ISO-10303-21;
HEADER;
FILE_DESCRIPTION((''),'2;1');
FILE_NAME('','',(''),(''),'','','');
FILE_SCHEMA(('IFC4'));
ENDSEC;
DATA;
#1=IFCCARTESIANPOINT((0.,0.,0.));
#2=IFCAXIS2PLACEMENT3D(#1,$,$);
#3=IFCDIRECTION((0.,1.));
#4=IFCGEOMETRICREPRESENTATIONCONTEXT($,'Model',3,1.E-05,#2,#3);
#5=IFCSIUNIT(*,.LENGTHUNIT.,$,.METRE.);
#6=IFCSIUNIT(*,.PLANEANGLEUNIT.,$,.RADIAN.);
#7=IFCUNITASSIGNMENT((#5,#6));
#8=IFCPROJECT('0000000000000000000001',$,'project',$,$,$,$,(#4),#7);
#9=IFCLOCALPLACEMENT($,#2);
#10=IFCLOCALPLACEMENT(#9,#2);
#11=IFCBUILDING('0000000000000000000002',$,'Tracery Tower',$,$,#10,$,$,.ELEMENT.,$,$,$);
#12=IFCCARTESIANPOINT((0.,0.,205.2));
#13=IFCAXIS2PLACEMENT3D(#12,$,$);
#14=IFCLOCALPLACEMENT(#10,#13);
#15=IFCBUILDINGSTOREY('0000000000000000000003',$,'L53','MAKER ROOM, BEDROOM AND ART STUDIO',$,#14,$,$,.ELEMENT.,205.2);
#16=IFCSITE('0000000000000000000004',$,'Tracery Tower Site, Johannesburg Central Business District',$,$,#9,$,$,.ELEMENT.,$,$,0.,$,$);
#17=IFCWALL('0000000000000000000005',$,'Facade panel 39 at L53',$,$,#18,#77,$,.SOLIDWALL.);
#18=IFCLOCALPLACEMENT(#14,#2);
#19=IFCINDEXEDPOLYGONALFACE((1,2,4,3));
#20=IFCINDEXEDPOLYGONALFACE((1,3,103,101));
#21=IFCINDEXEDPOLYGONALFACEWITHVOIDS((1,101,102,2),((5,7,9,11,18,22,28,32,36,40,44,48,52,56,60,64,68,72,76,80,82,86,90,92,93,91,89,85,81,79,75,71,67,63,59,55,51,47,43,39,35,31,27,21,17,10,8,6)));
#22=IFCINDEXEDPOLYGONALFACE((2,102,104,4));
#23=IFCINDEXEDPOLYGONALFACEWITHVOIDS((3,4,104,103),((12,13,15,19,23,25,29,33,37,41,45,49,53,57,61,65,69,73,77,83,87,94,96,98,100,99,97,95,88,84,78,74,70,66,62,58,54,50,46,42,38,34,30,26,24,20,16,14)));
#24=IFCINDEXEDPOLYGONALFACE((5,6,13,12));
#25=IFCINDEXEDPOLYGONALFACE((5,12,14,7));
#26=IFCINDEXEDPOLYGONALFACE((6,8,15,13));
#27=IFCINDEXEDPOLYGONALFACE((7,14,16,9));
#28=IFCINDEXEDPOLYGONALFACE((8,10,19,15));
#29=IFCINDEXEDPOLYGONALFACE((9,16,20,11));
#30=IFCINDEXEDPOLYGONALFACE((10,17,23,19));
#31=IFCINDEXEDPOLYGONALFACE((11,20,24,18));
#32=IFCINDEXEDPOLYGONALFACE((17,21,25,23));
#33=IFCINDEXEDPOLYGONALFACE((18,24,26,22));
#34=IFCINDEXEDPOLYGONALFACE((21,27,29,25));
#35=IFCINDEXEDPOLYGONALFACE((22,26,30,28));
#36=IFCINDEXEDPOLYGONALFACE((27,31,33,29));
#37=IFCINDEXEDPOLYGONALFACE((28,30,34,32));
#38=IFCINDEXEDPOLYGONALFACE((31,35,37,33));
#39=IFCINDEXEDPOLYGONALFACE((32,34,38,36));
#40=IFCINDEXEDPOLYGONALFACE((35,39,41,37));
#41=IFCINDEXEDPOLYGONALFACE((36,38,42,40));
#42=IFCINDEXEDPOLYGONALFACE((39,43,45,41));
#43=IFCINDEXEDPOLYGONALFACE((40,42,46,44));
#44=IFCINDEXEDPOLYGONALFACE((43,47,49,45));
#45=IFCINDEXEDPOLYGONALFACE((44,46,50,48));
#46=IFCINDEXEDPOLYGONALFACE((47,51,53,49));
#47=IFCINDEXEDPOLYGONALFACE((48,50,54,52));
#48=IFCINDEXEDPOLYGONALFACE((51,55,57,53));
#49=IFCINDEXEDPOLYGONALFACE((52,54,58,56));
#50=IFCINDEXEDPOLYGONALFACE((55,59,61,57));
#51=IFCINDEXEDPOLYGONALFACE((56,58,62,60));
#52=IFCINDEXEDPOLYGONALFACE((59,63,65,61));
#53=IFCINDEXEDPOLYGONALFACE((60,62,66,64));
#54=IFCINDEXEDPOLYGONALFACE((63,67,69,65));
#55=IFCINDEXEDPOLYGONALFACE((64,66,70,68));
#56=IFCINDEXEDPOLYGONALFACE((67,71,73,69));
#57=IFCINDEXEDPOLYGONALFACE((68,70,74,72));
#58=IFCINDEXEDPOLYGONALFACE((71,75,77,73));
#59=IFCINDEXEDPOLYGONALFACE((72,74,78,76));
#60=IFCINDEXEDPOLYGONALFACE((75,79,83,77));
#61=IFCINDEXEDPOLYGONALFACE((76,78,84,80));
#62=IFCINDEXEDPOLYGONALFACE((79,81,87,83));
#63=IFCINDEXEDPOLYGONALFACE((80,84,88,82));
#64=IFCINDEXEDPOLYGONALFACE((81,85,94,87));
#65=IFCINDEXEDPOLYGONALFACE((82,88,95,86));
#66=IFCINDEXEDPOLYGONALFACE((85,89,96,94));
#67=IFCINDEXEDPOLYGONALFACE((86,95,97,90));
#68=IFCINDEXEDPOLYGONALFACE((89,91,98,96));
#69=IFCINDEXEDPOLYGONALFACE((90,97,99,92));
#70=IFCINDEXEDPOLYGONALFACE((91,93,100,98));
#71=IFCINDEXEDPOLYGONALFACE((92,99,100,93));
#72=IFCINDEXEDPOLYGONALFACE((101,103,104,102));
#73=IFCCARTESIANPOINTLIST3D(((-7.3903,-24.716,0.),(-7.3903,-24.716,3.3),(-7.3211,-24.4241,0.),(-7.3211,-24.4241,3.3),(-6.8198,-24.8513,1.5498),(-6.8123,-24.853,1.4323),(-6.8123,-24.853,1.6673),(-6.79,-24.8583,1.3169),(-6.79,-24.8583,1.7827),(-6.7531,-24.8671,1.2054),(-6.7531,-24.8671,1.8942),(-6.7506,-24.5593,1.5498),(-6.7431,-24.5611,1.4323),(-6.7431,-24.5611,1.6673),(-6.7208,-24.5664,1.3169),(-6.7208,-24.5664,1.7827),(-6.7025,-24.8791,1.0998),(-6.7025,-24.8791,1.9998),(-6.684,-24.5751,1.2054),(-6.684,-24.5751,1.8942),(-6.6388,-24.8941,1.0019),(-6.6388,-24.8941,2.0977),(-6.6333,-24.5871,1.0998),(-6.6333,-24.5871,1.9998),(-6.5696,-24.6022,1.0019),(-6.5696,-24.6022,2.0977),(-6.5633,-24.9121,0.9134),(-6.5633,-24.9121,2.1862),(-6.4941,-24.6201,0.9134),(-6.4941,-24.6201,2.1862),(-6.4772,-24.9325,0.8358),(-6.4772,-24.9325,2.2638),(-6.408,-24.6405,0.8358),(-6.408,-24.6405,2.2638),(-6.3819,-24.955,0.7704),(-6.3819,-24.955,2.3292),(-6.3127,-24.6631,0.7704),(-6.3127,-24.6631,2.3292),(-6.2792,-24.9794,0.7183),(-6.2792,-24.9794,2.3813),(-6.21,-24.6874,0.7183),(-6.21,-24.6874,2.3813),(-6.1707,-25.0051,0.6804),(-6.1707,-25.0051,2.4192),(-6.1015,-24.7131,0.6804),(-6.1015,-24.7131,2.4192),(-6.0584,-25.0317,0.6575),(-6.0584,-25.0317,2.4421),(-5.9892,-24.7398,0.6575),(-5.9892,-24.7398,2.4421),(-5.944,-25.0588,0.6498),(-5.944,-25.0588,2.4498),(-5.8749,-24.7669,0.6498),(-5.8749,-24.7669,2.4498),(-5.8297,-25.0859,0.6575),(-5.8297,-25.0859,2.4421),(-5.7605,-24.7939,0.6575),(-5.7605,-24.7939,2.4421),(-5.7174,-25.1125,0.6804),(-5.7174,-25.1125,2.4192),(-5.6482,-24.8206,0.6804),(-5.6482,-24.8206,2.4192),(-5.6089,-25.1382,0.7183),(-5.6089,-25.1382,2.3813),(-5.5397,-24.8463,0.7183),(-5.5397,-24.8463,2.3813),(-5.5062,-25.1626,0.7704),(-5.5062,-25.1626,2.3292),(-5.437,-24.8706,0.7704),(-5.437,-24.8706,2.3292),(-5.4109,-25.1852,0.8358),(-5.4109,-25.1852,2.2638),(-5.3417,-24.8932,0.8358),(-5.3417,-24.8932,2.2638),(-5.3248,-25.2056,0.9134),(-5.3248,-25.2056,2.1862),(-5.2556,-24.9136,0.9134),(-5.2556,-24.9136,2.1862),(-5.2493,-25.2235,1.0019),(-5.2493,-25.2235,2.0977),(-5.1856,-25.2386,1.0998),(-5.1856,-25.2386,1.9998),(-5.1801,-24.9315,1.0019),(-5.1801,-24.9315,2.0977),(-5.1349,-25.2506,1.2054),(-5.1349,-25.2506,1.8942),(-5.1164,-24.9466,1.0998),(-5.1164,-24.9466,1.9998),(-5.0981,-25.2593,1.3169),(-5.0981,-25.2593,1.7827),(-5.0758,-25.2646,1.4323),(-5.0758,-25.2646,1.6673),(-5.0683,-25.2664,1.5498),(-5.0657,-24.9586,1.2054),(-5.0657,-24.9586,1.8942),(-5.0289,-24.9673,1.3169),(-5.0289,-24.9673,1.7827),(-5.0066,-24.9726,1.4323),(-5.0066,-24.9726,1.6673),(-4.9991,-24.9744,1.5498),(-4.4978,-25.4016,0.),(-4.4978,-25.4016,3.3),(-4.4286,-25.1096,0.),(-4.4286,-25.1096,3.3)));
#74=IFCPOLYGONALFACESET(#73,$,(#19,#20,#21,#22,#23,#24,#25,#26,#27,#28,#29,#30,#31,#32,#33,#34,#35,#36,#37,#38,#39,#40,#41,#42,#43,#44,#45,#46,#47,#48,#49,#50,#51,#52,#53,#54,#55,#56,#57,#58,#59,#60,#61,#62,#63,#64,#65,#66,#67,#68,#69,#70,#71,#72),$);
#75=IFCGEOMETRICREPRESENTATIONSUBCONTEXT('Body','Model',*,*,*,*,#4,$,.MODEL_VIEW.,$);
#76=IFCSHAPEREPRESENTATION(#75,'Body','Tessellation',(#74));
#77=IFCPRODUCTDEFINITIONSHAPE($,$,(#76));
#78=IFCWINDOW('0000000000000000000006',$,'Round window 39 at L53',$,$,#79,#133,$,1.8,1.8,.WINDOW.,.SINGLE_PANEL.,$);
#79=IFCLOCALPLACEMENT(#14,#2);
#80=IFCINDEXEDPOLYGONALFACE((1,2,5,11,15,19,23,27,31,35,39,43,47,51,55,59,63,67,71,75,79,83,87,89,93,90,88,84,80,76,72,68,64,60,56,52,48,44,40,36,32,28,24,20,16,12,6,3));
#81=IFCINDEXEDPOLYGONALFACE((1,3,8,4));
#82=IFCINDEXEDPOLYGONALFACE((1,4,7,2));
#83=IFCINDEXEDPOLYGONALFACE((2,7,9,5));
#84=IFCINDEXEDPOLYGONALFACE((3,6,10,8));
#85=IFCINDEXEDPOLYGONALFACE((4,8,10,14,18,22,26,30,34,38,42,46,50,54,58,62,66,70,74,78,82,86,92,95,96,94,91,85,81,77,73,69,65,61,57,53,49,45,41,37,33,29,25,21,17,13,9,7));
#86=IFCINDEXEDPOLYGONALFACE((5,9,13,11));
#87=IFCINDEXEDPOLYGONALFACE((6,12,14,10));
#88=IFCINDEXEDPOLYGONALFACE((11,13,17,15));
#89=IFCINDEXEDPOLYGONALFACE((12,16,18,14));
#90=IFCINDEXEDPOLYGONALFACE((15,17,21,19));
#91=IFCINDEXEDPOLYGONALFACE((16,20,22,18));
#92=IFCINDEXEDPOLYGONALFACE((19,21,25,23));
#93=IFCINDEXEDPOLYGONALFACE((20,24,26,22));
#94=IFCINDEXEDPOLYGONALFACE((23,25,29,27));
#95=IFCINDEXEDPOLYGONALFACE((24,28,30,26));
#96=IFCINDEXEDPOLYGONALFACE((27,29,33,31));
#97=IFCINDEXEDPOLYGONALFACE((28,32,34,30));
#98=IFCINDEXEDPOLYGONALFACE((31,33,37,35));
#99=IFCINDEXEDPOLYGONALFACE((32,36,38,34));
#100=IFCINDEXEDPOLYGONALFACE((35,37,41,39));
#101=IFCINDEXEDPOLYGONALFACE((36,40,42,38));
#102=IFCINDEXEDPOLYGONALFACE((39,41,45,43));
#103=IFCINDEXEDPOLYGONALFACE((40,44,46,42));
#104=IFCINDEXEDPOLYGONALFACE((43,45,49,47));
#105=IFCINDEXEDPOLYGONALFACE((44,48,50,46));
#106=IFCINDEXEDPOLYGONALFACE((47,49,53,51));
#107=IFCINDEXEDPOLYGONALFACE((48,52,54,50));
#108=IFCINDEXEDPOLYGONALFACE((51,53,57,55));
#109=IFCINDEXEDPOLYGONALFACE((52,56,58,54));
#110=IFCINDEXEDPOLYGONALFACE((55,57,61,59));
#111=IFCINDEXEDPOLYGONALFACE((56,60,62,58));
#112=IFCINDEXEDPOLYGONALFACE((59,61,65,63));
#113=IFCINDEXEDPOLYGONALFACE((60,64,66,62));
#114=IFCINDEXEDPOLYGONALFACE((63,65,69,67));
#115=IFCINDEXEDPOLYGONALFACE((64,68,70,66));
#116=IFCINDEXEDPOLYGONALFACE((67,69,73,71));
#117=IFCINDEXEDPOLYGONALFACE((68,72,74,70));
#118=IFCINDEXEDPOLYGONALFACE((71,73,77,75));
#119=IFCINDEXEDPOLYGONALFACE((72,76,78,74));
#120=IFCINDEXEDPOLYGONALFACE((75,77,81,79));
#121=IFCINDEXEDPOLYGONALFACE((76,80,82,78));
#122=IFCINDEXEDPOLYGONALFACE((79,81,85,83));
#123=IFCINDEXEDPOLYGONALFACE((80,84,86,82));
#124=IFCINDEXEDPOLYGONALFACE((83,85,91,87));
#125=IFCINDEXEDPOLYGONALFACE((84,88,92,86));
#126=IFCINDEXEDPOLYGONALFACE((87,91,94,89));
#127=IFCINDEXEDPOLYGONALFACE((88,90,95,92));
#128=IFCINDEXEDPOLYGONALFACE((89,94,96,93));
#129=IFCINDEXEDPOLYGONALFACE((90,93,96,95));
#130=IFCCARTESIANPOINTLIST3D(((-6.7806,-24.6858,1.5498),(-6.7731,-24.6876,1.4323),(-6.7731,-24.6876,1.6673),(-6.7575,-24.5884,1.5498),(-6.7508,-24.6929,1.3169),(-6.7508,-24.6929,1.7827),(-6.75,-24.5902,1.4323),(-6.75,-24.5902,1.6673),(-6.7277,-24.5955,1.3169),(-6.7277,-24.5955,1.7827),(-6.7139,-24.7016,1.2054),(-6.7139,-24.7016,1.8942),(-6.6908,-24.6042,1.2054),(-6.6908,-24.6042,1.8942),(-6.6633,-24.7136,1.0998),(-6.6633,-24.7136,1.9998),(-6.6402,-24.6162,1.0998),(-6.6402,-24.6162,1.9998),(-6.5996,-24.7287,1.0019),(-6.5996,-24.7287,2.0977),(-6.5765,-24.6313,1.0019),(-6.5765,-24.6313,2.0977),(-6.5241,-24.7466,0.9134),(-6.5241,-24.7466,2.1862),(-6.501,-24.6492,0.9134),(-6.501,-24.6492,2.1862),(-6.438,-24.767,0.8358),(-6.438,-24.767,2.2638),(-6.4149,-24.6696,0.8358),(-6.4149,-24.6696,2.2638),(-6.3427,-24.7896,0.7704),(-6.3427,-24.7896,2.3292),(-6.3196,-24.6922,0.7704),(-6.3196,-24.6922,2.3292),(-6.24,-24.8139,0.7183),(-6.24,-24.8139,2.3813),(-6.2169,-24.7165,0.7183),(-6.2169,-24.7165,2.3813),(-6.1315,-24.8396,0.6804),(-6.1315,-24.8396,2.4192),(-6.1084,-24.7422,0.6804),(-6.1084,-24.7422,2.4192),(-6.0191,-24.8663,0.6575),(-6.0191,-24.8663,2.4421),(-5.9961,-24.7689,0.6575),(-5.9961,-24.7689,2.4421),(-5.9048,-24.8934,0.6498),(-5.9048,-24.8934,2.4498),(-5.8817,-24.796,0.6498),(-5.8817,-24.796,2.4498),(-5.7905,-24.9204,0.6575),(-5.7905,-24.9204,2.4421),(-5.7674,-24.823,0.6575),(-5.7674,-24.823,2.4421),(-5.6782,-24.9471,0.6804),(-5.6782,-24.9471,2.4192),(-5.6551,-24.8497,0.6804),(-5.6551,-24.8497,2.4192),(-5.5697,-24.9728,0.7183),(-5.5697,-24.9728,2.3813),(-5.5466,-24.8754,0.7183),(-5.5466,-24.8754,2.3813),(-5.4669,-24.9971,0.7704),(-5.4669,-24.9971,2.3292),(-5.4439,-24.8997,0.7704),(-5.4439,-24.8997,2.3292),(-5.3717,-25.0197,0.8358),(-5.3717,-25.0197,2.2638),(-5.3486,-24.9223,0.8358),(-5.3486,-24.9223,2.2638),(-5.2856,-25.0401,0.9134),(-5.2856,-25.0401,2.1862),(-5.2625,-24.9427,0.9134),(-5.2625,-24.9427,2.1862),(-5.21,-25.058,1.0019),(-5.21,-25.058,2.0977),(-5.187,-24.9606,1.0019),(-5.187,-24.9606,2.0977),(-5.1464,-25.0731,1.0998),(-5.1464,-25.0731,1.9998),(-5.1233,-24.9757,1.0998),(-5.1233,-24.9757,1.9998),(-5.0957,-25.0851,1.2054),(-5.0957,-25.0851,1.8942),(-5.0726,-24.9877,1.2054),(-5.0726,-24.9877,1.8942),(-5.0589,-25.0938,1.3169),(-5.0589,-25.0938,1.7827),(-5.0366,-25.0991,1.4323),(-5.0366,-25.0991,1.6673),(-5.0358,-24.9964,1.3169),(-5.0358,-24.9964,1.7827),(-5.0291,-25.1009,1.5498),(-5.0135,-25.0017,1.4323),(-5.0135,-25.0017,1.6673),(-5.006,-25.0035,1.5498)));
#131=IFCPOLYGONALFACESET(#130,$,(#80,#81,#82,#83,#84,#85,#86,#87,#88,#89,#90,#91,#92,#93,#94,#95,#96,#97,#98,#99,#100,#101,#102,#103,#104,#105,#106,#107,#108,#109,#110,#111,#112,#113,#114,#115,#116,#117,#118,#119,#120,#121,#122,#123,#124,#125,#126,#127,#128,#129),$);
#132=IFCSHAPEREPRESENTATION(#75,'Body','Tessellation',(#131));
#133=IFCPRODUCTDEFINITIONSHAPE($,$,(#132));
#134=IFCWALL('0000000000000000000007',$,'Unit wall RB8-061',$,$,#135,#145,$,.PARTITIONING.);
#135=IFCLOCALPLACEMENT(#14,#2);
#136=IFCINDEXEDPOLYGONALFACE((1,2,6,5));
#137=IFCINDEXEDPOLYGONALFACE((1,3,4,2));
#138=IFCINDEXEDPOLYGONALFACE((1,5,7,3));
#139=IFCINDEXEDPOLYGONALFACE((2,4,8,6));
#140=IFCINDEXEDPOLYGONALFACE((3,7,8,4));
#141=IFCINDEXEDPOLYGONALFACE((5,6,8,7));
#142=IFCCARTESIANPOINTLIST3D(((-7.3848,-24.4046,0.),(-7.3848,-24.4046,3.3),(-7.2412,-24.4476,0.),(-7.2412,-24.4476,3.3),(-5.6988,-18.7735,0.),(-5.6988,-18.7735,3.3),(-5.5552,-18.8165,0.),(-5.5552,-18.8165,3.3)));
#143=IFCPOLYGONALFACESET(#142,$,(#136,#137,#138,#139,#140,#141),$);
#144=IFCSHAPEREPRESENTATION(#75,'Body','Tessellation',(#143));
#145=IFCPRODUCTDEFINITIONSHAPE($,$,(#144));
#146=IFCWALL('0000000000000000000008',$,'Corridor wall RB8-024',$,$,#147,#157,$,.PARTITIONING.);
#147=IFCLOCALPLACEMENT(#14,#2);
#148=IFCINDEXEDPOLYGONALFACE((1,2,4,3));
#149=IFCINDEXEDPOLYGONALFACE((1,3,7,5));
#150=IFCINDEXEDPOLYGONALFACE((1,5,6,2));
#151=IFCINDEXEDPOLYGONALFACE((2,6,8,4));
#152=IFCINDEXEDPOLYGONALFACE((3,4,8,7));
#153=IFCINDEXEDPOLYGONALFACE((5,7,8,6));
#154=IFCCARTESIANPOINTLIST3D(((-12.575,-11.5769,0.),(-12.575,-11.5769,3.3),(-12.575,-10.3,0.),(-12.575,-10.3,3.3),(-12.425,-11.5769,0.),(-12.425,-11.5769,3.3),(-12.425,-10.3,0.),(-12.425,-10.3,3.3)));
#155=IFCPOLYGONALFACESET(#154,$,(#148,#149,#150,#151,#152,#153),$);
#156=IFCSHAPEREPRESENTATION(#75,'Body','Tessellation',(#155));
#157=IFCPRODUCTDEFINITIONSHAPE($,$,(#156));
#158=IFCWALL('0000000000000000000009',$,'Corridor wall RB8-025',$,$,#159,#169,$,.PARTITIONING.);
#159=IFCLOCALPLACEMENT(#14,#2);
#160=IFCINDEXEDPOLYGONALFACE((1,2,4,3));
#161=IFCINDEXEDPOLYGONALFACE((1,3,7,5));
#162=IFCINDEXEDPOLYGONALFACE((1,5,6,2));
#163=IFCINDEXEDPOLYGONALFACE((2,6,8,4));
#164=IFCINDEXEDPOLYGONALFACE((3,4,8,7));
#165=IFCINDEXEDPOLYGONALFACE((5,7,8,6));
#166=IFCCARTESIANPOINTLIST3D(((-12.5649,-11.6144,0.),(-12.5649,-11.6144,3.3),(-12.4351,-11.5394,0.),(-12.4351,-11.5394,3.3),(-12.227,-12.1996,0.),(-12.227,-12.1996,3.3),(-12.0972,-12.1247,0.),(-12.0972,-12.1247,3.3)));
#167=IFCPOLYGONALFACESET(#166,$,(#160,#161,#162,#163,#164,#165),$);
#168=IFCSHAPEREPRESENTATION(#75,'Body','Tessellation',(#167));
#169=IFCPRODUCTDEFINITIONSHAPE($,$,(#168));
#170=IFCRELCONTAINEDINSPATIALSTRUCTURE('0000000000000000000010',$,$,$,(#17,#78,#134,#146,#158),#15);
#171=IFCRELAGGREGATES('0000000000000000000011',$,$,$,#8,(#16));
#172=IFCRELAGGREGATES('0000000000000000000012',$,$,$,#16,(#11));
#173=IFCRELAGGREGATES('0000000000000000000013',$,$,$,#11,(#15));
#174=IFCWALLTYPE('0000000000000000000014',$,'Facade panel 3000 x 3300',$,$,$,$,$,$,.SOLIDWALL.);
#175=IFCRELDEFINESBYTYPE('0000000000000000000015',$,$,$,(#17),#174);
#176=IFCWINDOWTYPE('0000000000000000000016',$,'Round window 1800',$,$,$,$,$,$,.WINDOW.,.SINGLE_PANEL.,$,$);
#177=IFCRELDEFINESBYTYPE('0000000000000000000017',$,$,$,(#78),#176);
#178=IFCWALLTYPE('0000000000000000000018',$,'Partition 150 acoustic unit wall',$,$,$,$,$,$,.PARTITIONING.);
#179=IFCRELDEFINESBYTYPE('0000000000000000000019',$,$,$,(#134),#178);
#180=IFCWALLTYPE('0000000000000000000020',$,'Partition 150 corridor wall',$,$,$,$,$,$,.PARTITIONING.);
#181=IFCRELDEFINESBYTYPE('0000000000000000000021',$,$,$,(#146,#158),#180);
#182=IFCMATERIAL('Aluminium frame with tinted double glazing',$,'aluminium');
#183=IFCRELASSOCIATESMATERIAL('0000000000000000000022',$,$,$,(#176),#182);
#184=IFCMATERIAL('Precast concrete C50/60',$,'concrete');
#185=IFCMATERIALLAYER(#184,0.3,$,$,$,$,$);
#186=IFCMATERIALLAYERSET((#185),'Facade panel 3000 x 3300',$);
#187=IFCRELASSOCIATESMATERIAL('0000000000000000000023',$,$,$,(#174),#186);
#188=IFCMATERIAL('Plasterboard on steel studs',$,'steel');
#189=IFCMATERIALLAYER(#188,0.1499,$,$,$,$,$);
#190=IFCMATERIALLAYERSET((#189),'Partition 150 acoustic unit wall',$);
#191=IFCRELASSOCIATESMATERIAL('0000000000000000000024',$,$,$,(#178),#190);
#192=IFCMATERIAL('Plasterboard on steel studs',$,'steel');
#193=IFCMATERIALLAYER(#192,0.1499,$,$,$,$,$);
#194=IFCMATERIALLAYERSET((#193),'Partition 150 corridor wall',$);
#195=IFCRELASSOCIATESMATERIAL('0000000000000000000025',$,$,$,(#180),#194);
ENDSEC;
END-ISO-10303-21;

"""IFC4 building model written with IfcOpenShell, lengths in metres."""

from ifc_helpers import new_model, si_unit, direction, frame, frame_2d, origin, origin_2d, place, context, subcontext, project, spatial, rectangle, circle, extrude, material, layer, layer_set, type_object, element, fill, save


model = new_model("IFC4")

# Units and contexts
model_context = context("Model", 3, precision=1e-05, world=origin(), true_north=direction((0.0, 1.0)))
body_context = subcontext(model_context, "Body", "Model", "MODEL_VIEW")
ifc_project = project(units=[si_unit("LENGTHUNIT", "METRE"), si_unit("PLANEANGLEUNIT", "RADIAN")], contexts=[model_context])

# Site, building, storey
site_placement = place(None, origin())
site = spatial("IfcSite", under=ifc_project, at=site_placement, Name="Tracery Tower Site, Johannesburg Central Business District", CompositionType="ELEMENT", RefElevation=0.0)
building_placement = place(site_placement, origin())
building = spatial("IfcBuilding", under=site, at=building_placement, Name="Tracery Tower", CompositionType="ELEMENT")
storey_placement = place(building_placement, frame((0.0, 0.0, 205.2)))
storey = spatial("IfcBuildingStorey", under=building, at=storey_placement, Name="L53", Description="MAKER ROOM, BEDROOM AND ART STUDIO", CompositionType="ELEMENT", Elevation=205.2)

# Wall, opening, window
ifc_material_1 = material(Name="Aluminium frame with tinted double glazing", Category="aluminium")
window_type = type_object("IfcWindowType", Name="Round window 1800", PartitioningType="SINGLE_PANEL", PredefinedType="WINDOW", material=ifc_material_1)
ifc_material_2 = material(Name="Precast concrete C50/60", Category="concrete")
ifc_layer_1 = layer(ifc_material_2, 0.3)
ifc_layer_set_1 = layer_set([ifc_layer_1], Name="Facade panel 3000 x 3300")
wall_type_1 = type_object("IfcWallType", Name="Facade panel 3000 x 3300", PredefinedType="SOLIDWALL", material=ifc_layer_set_1)
wall_1_placement = place(storey_placement, frame((-7.3557, -24.5701, 0.0), z_axis=(0.0, 0.0, 1.0), x_axis=(0.973045, -0.230614, 0.0)))
wall_1 = element("IfcWall", 1, at=wall_1_placement, inside=storey, type_object=wall_type_1, Name="Facade panel 39 at L53", PredefinedType="SOLIDWALL", context=body_context, shape_type="SweptSolid", body=[
    extrude(rectangle(XDim=2.9727, YDim=0.3, at=frame_2d((1.4863, 0.0))), origin(), (0.0, 0.0, 1.0), 3.3),
])
opening_1_placement = place(wall_1_placement, frame((1.4863, 0.0, 1.5498)))
opening_1 = element("IfcOpeningElement", 2, at=opening_1_placement, cuts=wall_1, PredefinedType="OPENING", context=body_context, shape_type="SweptSolid", body=[
    extrude(circle(Radius=0.9, at=origin_2d()), frame((0.0, 0.1599, 0.0), z_axis=(0.0, -1.0, 0.0), x_axis=(1.0, 0.0, 0.0)), (0.0, 0.0, 1.0), 0.3201),
])
window_1_placement = place(opening_1_placement, origin())
window_1 = element("IfcWindow", 3, at=window_1_placement, inside=storey, type_object=window_type, Name="Round window 39 at L53", OverallHeight=1.8, OverallWidth=1.8, PartitioningType="SINGLE_PANEL", PredefinedType="WINDOW", context=body_context, shape_type="SweptSolid", body=[
    extrude(circle(Radius=0.9, at=origin_2d()), frame((0.0, 0.1201, 0.0), z_axis=(0.0, -1.0, 0.0), x_axis=(1.0, 0.0, 0.0)), (0.0, 0.0, 1.0), 0.1001),
])
fill(opening_1, window_1)

# Walls
ifc_material_3 = material(Name="Plasterboard on steel studs", Category="steel")
ifc_layer_2 = layer(ifc_material_3, 0.1499)
ifc_layer_set_2 = layer_set([ifc_layer_2], Name="Partition 150 acoustic unit wall")
wall_type_2 = type_object("IfcWallType", Name="Partition 150 acoustic unit wall", PredefinedType="PARTITIONING", material=ifc_layer_set_2)
wall_2_placement = place(storey_placement, frame((-7.313, -24.426, 0.0), z_axis=(0.0, 0.0, 1.0), x_axis=(0.286833, 0.95798, 0.0)))
element("IfcWall", 4, at=wall_2_placement, inside=storey, type_object=wall_type_2, Name="Unit wall RB8-061", PredefinedType="PARTITIONING", context=body_context, shape_type="SweptSolid", body=[
    extrude(rectangle(XDim=5.8782, YDim=0.1499, at=frame_2d((2.939, 0.0))), origin(), (0.0, 0.0, 1.0), 3.3),
])
ifc_material_4 = material(Name="Plasterboard on steel studs", Category="steel")
ifc_layer_3 = layer(ifc_material_4, 0.1499)
ifc_layer_set_3 = layer_set([ifc_layer_3], Name="Partition 150 corridor wall")
wall_type_3 = type_object("IfcWallType", Name="Partition 150 corridor wall", PredefinedType="PARTITIONING", material=ifc_layer_set_3)
wall_3_placement = place(storey_placement, frame((-12.5, -11.5769, 0.0), z_axis=(0.0, 0.0, 1.0), x_axis=(0.0, 1.0, 0.0)))
element("IfcWall", 5, at=wall_3_placement, inside=storey, type_object=wall_type_3, Name="Corridor wall RB8-024", PredefinedType="PARTITIONING", context=body_context, shape_type="SweptSolid", body=[
    extrude(rectangle(XDim=1.2769, YDim=0.1499, at=frame_2d((0.6384, 0.0))), origin(), (0.0, 0.0, 1.0), 3.3),
])
wall_4_placement = place(storey_placement, frame((-12.5, -11.5769, 0.0), z_axis=(0.0, 0.0, 1.0), x_axis=(0.500025, -0.866011, 0.0)))
element("IfcWall", 6, at=wall_4_placement, inside=storey, type_object=wall_type_3, Name="Corridor wall RB8-025", PredefinedType="PARTITIONING", context=body_context, shape_type="SweptSolid", body=[
    extrude(rectangle(XDim=0.6758, YDim=0.1499, at=frame_2d((0.3379, 0.0))), origin(), (0.0, 0.0, 1.0), 3.3),
])

save(model, "model.ifc")
